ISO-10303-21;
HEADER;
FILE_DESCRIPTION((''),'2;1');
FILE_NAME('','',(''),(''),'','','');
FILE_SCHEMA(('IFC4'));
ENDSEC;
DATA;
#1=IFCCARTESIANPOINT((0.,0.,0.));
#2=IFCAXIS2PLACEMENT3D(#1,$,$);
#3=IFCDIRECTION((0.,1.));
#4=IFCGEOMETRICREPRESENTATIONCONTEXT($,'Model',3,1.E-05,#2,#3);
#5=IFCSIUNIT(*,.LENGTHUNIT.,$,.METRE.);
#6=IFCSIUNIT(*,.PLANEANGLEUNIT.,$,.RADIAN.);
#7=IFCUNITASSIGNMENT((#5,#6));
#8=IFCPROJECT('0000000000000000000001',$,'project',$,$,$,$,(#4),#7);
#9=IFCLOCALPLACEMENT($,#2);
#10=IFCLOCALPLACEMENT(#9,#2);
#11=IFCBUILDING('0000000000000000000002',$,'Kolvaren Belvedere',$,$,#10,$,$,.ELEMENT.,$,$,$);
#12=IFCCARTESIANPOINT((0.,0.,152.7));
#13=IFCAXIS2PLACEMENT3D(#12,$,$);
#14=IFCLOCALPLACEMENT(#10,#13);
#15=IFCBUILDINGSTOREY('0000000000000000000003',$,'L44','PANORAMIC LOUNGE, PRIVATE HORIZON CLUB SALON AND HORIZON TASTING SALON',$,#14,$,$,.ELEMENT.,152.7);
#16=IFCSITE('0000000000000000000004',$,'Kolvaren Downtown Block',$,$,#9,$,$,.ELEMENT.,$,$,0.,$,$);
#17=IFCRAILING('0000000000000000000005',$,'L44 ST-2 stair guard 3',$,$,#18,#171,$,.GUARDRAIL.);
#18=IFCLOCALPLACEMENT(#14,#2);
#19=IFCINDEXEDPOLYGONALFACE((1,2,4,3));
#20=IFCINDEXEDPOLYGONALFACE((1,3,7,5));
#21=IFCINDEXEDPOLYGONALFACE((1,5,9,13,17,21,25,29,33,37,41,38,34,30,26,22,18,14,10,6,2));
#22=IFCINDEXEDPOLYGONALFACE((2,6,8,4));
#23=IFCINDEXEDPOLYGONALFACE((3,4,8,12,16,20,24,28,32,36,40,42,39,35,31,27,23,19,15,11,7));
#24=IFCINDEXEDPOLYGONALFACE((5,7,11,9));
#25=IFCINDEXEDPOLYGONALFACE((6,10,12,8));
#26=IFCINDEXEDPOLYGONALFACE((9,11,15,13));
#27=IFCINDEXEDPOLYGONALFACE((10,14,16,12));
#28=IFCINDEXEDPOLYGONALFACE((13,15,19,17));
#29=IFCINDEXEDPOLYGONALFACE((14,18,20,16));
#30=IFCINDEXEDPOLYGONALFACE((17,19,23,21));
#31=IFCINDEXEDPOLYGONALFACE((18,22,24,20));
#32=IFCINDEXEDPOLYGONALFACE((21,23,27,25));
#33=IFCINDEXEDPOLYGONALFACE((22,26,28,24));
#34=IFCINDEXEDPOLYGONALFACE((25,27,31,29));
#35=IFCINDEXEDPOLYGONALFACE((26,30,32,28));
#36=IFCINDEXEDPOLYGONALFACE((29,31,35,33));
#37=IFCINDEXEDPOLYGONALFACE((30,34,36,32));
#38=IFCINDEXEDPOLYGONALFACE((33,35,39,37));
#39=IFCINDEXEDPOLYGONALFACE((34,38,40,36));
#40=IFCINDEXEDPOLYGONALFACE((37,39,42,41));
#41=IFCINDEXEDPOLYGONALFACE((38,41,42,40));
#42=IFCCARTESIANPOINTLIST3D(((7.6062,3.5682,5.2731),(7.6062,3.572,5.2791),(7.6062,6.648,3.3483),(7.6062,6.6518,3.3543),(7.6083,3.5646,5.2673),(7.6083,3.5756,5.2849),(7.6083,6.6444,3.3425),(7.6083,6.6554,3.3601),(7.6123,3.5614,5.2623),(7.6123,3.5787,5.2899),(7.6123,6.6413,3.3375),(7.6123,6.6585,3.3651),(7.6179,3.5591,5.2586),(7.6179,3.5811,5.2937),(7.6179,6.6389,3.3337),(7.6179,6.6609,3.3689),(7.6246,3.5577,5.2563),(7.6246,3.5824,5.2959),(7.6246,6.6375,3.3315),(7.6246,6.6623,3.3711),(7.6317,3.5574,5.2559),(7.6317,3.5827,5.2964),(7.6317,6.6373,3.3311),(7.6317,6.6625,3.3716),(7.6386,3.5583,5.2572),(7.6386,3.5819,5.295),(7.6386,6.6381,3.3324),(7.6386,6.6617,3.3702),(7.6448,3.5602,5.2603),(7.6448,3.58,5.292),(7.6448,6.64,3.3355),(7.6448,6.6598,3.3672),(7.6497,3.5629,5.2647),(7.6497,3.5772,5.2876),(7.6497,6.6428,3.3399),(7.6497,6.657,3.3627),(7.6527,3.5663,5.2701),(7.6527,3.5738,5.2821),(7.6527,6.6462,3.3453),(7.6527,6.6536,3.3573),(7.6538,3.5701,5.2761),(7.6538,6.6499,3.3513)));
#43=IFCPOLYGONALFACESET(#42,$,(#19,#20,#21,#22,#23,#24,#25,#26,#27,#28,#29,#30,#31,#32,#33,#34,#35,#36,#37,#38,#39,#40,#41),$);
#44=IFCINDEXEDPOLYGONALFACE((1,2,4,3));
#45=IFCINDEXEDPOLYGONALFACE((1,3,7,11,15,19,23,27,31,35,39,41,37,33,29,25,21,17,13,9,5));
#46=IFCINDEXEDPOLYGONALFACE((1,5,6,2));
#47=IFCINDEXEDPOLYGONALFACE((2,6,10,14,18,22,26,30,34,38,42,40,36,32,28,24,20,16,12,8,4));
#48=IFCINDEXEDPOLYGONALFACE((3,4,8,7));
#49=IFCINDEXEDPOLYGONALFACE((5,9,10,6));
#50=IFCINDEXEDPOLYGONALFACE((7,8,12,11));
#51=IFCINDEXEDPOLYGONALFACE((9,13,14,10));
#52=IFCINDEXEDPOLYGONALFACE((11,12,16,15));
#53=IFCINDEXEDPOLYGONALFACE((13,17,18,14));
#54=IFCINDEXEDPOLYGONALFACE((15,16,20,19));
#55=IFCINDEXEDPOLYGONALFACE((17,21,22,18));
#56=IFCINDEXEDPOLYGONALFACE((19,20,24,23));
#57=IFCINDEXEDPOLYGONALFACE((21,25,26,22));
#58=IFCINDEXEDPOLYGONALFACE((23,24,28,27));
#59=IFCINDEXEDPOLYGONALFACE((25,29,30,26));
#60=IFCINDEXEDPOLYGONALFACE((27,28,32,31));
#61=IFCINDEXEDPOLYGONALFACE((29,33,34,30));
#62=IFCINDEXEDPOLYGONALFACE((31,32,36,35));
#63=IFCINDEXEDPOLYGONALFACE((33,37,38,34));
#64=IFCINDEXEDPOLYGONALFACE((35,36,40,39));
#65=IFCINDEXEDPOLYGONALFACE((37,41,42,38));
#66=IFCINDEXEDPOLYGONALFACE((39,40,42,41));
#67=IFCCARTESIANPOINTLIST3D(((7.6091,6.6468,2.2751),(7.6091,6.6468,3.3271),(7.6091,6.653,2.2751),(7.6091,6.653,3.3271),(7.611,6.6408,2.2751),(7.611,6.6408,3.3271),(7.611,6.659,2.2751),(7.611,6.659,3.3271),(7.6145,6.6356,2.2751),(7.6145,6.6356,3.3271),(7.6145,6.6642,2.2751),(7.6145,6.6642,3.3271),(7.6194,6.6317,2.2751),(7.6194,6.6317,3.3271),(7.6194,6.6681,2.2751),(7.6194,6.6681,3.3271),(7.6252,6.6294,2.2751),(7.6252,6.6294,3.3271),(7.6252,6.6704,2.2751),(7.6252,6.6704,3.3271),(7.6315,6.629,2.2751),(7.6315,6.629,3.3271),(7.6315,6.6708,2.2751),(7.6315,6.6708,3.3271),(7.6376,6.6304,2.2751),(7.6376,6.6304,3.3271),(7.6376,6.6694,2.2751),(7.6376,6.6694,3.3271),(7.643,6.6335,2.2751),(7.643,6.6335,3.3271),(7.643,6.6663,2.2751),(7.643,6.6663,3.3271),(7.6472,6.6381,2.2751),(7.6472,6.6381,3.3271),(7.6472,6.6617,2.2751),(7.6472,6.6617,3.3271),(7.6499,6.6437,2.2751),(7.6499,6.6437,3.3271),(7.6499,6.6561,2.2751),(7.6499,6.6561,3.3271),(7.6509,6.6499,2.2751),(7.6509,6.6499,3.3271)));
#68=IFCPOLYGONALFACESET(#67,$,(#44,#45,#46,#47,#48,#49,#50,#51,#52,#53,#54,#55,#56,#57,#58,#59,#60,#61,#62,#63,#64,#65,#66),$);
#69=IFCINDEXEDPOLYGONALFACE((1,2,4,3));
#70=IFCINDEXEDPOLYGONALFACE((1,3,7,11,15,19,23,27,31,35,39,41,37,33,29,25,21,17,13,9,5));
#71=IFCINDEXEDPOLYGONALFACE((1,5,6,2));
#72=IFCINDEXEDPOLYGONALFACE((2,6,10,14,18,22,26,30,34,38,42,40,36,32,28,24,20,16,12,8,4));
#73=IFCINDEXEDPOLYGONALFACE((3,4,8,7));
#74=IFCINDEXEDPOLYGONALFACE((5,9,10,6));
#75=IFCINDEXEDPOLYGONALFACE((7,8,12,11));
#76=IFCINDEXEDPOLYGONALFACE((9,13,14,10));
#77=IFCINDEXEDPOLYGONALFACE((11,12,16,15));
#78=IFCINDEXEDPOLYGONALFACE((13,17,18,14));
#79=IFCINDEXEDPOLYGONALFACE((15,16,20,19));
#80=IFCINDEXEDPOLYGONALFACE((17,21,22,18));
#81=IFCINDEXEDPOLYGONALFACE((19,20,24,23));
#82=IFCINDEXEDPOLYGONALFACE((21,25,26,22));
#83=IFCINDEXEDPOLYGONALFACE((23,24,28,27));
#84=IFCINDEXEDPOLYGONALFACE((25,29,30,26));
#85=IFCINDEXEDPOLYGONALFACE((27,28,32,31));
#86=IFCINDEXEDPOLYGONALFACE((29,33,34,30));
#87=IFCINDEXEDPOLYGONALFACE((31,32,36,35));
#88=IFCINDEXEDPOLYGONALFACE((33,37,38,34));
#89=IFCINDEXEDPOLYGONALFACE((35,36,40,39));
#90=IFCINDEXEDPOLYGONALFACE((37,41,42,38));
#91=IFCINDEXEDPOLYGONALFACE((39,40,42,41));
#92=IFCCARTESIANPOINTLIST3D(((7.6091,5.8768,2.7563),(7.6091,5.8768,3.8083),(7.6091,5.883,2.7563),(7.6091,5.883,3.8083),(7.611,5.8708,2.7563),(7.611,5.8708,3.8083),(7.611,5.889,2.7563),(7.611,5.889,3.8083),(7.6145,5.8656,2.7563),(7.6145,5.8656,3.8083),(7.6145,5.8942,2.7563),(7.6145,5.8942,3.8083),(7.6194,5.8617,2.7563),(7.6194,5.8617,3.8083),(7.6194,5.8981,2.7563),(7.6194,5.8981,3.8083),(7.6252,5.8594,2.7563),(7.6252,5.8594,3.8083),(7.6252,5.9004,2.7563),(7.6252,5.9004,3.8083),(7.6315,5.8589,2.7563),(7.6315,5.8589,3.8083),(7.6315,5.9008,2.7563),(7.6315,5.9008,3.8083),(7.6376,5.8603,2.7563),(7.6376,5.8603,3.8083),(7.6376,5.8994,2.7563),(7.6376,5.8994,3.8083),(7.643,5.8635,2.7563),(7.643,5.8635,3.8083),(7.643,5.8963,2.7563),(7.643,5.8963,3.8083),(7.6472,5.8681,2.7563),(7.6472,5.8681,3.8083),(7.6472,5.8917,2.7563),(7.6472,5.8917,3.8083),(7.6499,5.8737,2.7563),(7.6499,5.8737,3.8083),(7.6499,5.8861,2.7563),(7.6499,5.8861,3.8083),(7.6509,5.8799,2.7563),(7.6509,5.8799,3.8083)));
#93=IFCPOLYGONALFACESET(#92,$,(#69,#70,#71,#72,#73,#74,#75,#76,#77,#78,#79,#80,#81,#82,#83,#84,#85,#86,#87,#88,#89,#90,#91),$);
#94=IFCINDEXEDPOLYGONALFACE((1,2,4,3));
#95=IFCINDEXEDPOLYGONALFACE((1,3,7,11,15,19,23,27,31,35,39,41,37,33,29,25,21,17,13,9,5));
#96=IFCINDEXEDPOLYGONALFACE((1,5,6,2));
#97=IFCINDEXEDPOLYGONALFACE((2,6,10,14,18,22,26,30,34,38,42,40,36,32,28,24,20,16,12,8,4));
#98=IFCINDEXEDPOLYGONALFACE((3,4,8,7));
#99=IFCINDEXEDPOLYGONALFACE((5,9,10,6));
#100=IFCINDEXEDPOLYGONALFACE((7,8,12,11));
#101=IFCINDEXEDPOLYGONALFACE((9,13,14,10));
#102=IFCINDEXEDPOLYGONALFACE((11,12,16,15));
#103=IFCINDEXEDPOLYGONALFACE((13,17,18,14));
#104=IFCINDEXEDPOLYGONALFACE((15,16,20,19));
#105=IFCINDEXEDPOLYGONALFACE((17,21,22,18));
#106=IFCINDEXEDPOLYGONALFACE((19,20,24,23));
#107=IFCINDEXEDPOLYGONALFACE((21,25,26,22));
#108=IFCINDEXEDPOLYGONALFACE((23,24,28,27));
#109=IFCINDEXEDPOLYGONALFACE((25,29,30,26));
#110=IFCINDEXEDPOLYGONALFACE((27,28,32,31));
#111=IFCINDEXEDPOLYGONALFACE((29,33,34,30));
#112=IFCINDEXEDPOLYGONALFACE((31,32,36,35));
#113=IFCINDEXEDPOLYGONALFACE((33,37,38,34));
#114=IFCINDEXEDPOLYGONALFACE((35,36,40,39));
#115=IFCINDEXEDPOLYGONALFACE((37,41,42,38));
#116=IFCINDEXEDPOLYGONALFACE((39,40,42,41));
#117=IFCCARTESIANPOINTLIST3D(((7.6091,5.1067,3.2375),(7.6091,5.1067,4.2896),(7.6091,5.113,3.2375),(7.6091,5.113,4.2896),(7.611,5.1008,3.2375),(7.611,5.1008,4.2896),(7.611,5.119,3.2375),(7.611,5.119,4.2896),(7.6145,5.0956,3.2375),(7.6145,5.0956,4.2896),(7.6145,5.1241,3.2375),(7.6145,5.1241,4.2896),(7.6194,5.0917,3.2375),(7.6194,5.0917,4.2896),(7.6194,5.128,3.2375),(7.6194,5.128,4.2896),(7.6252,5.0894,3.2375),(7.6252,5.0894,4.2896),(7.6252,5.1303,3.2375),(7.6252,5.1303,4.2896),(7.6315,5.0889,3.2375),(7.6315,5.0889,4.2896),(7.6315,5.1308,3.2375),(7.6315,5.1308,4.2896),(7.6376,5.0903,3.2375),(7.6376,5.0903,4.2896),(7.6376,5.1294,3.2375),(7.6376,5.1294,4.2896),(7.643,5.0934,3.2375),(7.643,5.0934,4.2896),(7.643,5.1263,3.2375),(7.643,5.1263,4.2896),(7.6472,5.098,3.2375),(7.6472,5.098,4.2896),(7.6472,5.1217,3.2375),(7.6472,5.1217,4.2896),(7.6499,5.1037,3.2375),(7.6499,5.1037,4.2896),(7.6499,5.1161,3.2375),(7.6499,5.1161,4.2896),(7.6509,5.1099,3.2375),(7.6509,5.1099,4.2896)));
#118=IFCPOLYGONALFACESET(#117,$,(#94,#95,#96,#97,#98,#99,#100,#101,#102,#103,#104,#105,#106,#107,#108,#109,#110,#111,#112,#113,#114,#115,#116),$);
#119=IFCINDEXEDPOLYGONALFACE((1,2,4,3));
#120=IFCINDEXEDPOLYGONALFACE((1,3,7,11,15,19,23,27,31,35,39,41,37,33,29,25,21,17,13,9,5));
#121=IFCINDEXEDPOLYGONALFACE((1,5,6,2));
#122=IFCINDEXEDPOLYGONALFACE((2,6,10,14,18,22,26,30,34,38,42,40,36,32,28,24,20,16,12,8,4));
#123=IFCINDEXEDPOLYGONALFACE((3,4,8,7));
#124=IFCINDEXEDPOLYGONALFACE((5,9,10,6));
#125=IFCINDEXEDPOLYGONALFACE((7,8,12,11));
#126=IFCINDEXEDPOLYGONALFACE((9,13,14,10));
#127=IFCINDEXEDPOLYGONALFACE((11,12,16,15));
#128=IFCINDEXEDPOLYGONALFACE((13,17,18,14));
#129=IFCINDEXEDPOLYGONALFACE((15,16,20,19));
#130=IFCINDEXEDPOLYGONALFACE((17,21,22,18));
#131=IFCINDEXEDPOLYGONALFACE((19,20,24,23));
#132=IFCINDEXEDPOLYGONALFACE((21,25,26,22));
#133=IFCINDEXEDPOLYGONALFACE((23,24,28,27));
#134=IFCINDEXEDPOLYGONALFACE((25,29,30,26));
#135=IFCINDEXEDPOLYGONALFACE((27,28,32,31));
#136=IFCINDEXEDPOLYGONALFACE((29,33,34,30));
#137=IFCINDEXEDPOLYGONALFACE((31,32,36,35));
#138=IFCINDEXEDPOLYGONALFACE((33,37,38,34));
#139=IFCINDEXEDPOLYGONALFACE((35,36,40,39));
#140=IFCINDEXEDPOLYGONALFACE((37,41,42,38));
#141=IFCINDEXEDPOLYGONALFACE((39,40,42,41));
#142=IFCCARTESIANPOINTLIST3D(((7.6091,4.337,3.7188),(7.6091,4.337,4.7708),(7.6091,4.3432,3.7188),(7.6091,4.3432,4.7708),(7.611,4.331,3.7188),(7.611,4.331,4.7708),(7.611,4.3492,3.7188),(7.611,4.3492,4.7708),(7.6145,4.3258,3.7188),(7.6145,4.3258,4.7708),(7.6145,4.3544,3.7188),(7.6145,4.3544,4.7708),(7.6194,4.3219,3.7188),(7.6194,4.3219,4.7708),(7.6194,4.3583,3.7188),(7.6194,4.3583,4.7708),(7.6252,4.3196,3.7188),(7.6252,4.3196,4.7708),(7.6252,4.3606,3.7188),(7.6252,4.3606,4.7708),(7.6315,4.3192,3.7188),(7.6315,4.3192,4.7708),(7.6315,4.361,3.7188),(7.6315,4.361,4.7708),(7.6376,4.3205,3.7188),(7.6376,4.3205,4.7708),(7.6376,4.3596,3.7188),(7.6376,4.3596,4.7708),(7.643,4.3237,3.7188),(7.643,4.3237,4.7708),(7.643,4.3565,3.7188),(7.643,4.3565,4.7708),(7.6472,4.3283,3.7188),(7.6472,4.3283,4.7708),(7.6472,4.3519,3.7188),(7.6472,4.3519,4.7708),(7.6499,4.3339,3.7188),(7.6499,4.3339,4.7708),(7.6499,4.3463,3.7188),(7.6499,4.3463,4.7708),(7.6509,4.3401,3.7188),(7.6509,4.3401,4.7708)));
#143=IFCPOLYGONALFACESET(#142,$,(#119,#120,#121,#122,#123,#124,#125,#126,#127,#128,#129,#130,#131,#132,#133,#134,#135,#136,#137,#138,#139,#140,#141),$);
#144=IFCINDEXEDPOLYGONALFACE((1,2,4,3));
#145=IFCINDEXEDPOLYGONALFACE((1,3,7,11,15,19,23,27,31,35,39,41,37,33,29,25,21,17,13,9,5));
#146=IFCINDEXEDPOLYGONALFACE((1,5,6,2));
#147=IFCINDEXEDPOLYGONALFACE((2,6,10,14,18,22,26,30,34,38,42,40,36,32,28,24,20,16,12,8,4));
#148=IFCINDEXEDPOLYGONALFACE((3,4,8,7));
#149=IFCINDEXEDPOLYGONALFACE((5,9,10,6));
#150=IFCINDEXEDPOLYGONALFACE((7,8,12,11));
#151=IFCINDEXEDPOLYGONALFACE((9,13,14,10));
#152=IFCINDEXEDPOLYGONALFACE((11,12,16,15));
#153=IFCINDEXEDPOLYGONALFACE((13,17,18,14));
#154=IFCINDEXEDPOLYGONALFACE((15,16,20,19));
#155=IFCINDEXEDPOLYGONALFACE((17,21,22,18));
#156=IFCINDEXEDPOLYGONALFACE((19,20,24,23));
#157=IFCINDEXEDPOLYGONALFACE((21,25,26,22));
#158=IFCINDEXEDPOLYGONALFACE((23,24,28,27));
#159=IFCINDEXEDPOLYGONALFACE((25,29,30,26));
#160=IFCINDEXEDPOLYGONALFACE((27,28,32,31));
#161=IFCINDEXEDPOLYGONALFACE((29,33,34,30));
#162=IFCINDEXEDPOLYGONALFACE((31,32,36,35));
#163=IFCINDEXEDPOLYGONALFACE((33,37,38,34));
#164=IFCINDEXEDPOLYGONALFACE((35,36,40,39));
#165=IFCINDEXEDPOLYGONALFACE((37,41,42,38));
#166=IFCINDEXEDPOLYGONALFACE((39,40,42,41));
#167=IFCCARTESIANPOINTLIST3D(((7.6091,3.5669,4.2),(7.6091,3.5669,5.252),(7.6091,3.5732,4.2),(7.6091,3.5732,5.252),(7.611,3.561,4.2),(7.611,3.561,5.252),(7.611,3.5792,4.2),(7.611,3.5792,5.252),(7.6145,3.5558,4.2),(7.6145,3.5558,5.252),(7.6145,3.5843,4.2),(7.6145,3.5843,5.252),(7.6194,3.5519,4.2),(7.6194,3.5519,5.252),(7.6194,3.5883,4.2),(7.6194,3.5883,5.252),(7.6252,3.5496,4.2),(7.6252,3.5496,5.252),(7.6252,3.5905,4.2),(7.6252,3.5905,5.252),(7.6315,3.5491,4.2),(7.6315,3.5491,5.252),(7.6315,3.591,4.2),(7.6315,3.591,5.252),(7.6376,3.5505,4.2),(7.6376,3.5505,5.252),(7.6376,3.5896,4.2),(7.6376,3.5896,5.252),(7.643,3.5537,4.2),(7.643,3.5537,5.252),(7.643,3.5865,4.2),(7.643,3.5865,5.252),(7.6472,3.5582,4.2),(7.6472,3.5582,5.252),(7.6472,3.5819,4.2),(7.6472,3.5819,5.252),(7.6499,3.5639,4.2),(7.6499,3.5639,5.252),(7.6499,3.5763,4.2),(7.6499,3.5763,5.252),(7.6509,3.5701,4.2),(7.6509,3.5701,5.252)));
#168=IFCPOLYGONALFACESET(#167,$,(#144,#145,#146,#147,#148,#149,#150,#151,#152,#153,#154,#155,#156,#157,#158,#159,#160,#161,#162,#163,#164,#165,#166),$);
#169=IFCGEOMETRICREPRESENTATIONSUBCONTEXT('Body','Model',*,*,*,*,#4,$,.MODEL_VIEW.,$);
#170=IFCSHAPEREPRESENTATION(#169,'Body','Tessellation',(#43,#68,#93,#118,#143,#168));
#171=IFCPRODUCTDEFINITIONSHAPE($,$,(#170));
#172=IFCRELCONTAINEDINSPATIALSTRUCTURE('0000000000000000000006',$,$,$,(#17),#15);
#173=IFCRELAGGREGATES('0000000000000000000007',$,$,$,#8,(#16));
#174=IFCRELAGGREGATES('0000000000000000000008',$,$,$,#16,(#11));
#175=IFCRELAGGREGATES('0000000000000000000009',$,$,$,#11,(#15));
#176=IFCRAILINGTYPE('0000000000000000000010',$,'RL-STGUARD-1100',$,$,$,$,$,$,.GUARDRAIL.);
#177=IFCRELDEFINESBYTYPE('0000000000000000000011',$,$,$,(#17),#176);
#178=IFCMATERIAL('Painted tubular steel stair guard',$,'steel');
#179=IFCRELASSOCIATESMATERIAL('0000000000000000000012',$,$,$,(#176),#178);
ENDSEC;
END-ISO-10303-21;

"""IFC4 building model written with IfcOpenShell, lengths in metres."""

from ifc_helpers import new_model, si_unit, direction, frame, origin, origin_2d, place, context, subcontext, project, spatial, circle, extrude, material, type_object, element, save


model = new_model("IFC4")

# Units and contexts
model_context = context("Model", 3, precision=1e-05, world=origin(), true_north=direction((0.0, 1.0)))
body_context = subcontext(model_context, "Body", "Model", "MODEL_VIEW")
ifc_project = project(units=[si_unit("LENGTHUNIT", "METRE"), si_unit("PLANEANGLEUNIT", "RADIAN")], contexts=[model_context])

# Site, building, storey
site_placement = place(None, origin())
site = spatial("IfcSite", under=ifc_project, at=site_placement, Name="Kolvaren Downtown Block", CompositionType="ELEMENT", RefElevation=0.0)
building_placement = place(site_placement, origin())
building = spatial("IfcBuilding", under=site, at=building_placement, Name="Kolvaren Belvedere", CompositionType="ELEMENT")
storey_placement = place(building_placement, frame((0.0, 0.0, 152.7)))
storey = spatial("IfcBuildingStorey", under=building, at=storey_placement, Name="L44", Description="PANORAMIC LOUNGE, PRIVATE HORIZON CLUB SALON AND HORIZON TASTING SALON", CompositionType="ELEMENT", Elevation=152.7)

# Railing
ifc_material_1 = material(Name="Painted tubular steel stair guard", Category="steel")
railing_type_1 = type_object("IfcRailingType", Name="RL-STGUARD-1100", PredefinedType="GUARDRAIL", material=ifc_material_1)
railing_1_placement = place(storey_placement, frame((7.6299, 6.6499, 2.2751)))
element("IfcRailing", 1, at=railing_1_placement, inside=storey, type_object=railing_type_1, Name="L44 ST-2 stair guard 3", PredefinedType="GUARDRAIL", context=body_context, shape_type="SweptSolid", body=[
    extrude(circle(Radius=0.0239, at=origin_2d()), frame((0.0, 0.0, 1.0762), z_axis=(0.0, -0.84801, 0.529981), x_axis=(1.0, 0.0, 0.0)), (0.0, 0.0, 1.0), 3.6318),
    extrude(circle(Radius=0.021, at=origin_2d()), origin(), (0.0, 0.0, 1.0), 1.052),
    extrude(circle(Radius=0.021, at=origin_2d()), frame((0.0, -0.77, 0.4812)), (0.0, 0.0, 1.0), 1.052),
    extrude(circle(Radius=0.021, at=origin_2d()), frame((0.0, -1.54, 0.9624)), (0.0, 0.0, 1.0), 1.052),
    extrude(circle(Radius=0.021, at=origin_2d()), frame((0.0, -2.3098, 1.4436)), (0.0, 0.0, 1.0), 1.052),
    extrude(circle(Radius=0.021, at=origin_2d()), frame((0.0, -3.0798, 1.9248)), (0.0, 0.0, 1.0), 1.052),
])

save(model, "model.ifc")
